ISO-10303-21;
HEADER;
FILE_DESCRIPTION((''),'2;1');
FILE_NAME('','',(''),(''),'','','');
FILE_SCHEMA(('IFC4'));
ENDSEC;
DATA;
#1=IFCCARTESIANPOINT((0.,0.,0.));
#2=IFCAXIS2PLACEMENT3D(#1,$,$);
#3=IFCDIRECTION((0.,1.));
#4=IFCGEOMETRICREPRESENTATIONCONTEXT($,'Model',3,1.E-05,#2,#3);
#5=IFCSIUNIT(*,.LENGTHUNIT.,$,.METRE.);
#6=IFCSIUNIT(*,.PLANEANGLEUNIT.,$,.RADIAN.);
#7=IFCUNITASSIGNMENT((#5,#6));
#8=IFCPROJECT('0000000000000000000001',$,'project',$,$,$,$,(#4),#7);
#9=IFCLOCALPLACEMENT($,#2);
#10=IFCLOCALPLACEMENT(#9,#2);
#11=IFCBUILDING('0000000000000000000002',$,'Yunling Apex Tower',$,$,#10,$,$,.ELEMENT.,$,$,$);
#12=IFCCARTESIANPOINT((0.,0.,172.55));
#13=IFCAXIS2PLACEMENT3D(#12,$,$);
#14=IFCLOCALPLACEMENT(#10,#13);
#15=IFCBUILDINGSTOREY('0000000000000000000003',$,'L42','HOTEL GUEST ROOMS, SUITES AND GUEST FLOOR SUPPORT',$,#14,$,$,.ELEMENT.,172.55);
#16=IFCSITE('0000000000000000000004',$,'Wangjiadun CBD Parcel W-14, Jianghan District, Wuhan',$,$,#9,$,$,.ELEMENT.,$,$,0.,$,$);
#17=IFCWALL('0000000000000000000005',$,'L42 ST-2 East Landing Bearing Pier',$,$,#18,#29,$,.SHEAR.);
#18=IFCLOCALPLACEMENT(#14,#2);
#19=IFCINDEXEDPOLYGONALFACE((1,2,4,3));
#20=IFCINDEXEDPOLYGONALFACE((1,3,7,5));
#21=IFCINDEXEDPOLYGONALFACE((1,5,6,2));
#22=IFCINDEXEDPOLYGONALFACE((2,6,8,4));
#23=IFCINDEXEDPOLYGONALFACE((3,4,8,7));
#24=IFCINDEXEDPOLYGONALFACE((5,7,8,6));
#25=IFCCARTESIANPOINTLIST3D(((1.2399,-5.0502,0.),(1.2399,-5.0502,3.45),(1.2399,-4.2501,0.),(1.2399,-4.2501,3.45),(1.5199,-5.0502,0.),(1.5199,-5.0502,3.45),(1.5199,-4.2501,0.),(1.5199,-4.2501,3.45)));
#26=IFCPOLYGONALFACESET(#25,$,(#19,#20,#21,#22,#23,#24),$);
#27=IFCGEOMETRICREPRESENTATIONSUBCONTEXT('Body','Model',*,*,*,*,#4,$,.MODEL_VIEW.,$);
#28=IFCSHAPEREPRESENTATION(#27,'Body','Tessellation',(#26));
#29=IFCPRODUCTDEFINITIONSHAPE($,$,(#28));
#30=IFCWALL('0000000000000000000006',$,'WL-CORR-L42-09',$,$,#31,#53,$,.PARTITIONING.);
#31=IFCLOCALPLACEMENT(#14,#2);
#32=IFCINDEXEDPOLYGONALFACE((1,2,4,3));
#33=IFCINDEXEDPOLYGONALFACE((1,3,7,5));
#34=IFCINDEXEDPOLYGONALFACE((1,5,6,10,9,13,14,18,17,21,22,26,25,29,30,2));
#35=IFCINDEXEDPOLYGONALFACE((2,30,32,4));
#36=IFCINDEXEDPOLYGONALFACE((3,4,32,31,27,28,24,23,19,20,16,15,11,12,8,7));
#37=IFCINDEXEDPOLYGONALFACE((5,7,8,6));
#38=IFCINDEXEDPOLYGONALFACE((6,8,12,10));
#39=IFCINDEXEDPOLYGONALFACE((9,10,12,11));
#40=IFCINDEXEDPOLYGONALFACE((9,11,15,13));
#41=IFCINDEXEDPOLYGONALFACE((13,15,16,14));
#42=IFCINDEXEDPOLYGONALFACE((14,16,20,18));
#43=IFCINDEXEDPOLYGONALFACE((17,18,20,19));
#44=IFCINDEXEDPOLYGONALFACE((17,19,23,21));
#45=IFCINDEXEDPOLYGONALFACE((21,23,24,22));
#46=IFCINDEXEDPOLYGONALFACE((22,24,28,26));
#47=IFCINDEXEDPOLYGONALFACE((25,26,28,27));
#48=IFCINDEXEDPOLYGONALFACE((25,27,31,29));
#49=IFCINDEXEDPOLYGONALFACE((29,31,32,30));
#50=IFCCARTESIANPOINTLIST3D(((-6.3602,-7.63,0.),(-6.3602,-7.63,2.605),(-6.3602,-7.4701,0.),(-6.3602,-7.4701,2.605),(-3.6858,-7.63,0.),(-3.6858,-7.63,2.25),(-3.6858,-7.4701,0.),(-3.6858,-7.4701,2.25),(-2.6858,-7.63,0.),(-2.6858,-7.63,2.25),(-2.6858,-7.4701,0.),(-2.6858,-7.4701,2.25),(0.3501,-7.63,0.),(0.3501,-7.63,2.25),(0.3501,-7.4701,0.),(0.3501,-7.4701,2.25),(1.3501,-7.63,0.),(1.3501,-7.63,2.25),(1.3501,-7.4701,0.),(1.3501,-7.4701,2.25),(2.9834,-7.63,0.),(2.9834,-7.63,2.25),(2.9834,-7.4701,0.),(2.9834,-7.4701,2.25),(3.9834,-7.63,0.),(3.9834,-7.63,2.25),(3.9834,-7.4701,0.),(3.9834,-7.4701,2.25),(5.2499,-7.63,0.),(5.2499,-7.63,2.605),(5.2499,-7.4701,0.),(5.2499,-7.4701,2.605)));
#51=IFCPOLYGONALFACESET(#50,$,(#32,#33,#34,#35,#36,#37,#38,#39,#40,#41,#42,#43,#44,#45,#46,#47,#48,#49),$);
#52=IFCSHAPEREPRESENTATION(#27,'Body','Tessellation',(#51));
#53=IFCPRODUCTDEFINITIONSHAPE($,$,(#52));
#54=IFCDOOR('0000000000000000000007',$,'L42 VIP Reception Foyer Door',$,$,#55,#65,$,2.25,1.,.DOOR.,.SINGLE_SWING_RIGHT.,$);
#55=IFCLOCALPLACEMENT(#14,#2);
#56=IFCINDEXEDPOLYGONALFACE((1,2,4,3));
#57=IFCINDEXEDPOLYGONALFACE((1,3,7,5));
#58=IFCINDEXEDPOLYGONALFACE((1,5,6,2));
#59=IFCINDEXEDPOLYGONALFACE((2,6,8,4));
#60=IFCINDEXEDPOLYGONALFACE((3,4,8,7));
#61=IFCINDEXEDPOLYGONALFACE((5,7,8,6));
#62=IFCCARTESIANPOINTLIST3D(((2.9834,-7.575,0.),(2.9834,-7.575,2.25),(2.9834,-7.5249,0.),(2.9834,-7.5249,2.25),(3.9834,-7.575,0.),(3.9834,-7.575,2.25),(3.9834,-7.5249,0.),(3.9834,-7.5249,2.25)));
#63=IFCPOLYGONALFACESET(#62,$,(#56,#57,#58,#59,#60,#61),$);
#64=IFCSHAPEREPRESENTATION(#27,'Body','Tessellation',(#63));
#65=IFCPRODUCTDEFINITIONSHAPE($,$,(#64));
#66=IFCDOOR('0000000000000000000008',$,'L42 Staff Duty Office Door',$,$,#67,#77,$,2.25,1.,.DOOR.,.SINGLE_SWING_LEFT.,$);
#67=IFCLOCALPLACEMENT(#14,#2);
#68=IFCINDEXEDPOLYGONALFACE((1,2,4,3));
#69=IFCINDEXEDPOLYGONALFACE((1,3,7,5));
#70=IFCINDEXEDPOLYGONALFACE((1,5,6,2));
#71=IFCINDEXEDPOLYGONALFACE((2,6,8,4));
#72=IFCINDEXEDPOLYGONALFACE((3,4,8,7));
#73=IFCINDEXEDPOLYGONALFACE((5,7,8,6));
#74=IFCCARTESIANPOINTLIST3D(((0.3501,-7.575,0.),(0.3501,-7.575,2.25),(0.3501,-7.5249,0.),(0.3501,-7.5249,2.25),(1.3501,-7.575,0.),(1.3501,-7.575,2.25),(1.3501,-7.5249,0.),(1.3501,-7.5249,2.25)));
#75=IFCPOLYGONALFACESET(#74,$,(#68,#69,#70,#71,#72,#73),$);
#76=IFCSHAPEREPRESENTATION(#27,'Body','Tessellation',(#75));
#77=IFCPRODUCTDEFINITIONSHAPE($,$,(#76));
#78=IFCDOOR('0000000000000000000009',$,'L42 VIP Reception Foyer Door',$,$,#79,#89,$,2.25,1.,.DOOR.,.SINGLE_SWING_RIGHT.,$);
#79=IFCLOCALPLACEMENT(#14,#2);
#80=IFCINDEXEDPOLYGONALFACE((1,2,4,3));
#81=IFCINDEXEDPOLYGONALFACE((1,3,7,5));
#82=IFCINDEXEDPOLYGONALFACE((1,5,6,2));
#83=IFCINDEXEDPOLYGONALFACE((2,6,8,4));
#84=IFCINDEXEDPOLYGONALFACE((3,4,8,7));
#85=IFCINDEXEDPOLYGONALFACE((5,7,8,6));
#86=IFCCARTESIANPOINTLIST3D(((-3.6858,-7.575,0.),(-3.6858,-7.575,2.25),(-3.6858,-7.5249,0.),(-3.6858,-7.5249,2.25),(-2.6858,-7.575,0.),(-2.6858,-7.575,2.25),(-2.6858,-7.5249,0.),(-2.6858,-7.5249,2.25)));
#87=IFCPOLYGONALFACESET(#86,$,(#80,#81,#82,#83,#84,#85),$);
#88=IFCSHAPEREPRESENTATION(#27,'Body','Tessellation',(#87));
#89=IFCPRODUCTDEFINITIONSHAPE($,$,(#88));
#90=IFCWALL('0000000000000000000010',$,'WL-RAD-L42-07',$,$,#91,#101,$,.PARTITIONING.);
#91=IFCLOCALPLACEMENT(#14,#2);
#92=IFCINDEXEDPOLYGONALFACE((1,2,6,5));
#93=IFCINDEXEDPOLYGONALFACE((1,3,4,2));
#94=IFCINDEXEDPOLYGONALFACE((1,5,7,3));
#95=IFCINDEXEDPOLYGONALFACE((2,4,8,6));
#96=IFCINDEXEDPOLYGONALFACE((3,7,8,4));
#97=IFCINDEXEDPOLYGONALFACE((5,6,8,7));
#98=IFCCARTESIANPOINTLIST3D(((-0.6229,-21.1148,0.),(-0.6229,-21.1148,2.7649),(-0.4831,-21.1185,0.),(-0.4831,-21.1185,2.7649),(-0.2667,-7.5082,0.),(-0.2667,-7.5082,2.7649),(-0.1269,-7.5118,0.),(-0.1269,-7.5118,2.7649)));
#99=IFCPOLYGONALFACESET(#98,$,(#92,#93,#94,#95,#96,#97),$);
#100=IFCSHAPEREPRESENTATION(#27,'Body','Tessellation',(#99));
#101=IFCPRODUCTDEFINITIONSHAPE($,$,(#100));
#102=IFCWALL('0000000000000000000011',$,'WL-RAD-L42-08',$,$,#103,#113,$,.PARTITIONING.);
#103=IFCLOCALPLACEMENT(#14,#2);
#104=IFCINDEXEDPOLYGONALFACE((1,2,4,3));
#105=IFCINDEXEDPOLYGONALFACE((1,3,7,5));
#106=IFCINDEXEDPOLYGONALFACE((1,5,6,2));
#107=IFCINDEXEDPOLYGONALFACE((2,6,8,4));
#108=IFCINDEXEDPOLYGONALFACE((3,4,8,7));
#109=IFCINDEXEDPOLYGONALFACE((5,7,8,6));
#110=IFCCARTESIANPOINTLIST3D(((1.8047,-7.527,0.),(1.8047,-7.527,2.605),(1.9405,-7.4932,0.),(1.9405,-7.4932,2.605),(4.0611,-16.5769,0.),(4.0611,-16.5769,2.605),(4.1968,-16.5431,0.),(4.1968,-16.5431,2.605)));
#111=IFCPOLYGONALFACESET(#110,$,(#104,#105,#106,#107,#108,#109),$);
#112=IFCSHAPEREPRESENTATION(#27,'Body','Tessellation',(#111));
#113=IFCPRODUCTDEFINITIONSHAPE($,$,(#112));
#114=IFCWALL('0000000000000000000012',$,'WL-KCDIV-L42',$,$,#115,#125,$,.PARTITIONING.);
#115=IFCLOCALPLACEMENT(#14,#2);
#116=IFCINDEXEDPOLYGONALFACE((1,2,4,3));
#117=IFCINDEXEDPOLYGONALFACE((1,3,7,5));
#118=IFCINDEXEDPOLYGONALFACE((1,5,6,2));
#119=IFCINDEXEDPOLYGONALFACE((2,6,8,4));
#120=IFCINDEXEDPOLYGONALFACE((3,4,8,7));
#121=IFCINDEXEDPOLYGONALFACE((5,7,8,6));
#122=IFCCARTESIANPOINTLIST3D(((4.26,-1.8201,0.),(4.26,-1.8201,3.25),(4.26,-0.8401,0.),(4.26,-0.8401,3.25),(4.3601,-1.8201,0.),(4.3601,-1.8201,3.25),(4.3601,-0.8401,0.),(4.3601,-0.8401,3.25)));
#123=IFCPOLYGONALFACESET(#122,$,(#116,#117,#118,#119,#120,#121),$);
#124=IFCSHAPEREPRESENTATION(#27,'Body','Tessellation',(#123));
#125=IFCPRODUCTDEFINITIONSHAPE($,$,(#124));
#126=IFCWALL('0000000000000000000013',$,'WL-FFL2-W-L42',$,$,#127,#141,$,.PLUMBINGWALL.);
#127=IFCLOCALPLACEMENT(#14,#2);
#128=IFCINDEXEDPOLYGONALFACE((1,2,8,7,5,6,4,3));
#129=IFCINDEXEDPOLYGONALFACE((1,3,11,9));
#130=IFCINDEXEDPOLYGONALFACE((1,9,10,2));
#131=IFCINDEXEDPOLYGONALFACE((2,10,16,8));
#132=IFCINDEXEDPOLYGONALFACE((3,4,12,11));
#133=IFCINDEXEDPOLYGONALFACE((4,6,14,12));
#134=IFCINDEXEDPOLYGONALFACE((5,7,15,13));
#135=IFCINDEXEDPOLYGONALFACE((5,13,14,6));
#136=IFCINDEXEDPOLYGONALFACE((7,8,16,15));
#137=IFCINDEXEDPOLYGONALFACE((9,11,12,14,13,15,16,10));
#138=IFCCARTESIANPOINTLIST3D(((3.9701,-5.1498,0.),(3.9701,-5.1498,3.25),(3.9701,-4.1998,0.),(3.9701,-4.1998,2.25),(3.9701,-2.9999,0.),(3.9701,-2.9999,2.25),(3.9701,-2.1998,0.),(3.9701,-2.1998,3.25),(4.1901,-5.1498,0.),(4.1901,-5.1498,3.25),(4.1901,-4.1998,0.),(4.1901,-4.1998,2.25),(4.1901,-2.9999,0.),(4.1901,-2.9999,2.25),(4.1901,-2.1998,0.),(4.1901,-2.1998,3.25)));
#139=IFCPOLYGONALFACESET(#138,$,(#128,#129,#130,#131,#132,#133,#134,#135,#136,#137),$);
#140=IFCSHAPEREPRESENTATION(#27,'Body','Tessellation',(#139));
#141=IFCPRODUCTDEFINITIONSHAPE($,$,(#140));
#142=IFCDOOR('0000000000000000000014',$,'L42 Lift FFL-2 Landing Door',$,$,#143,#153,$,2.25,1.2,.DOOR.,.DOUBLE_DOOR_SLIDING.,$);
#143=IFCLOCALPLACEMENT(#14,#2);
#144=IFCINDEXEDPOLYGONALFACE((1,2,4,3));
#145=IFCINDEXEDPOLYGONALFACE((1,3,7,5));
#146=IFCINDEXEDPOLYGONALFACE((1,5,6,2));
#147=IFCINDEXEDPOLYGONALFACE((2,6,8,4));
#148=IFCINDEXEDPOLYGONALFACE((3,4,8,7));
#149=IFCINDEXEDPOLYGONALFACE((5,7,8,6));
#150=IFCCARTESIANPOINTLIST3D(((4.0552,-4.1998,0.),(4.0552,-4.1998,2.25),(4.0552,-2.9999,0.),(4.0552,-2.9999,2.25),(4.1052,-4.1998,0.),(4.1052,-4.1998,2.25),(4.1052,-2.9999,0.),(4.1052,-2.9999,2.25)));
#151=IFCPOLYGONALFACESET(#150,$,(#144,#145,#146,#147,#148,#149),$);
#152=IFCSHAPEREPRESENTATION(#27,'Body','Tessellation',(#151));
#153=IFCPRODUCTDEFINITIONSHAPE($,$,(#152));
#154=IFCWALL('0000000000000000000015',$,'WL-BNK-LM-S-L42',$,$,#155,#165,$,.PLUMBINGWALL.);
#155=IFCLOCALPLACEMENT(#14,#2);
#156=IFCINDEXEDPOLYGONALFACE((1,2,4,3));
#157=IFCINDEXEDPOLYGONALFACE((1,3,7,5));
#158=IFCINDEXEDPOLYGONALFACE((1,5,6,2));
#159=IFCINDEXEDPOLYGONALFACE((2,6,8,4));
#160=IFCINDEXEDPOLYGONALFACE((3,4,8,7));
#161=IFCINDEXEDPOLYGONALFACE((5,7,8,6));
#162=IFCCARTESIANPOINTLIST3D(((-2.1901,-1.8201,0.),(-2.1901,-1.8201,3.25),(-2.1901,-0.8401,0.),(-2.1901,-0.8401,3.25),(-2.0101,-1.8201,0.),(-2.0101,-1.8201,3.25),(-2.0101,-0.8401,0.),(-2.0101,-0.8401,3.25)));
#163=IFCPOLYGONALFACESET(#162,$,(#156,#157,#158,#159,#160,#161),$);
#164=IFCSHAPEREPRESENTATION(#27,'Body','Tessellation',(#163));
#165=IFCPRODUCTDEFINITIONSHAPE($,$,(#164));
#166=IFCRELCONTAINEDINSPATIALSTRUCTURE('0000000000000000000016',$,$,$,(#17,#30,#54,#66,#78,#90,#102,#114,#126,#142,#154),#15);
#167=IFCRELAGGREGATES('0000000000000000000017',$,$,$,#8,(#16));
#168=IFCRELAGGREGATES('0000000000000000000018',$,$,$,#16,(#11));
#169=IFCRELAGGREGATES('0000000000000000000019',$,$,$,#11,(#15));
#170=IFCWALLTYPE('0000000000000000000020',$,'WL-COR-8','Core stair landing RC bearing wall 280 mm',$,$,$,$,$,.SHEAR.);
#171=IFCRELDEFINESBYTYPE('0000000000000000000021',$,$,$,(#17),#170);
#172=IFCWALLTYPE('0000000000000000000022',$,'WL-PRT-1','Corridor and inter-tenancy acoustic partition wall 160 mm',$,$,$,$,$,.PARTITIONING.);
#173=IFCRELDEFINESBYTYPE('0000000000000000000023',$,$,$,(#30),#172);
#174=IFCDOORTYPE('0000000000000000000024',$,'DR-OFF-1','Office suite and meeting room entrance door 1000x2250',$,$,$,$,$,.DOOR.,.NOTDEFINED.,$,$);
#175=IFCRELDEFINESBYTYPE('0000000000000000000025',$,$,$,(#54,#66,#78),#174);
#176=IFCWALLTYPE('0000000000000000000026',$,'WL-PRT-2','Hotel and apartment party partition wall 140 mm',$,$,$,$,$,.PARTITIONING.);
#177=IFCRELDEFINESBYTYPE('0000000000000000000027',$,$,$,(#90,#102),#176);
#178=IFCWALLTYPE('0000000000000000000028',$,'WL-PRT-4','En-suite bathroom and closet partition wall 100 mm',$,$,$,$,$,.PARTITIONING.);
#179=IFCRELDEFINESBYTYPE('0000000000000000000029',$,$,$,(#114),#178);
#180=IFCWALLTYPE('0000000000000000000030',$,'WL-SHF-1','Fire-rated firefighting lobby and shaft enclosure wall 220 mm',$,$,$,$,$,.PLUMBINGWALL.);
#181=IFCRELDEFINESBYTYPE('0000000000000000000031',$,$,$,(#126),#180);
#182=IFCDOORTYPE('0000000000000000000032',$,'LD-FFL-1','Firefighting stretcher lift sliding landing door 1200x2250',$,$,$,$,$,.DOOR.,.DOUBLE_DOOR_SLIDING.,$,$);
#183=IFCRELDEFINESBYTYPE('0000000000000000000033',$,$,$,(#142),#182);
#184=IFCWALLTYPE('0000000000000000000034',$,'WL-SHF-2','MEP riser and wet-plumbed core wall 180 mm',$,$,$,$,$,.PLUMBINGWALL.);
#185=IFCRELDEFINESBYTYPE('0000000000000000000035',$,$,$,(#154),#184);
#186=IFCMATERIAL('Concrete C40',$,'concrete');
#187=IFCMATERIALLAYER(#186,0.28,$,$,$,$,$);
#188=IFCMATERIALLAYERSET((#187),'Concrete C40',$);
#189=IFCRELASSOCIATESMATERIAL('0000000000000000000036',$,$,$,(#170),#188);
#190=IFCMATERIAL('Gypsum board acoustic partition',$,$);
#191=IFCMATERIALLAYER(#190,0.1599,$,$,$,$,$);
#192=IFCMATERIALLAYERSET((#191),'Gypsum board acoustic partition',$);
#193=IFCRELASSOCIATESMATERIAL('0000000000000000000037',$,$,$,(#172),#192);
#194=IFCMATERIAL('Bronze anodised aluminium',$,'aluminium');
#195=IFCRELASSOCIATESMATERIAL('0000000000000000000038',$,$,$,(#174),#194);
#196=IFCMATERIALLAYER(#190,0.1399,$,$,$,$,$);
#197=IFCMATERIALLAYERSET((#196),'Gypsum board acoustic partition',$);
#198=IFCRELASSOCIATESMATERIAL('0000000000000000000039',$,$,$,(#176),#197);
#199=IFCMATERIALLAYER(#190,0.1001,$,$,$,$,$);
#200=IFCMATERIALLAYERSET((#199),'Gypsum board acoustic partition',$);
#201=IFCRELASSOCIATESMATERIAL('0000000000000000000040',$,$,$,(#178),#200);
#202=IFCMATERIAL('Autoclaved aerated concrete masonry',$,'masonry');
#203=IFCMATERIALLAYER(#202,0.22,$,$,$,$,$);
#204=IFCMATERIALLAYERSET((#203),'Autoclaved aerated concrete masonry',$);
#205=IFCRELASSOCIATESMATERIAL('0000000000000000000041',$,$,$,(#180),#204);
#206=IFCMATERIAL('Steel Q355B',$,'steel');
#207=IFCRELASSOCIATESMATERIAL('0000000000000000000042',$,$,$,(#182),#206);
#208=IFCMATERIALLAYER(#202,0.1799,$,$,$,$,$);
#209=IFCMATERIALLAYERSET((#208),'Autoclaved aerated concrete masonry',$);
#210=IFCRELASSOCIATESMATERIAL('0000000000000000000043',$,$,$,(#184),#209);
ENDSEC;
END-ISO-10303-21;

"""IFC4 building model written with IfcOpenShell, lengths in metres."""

from ifc_helpers import new_model, si_unit, direction, frame, frame_2d, origin, place, context, subcontext, project, spatial, rectangle, extrude, material, layer, layer_set, type_object, element, fill, save


model = new_model("IFC4")

# Units and contexts
model_context = context("Model", 3, precision=1e-05, world=origin(), true_north=direction((0.0, 1.0)))
body_context = subcontext(model_context, "Body", "Model", "MODEL_VIEW")
ifc_project = project(units=[si_unit("LENGTHUNIT", "METRE"), si_unit("PLANEANGLEUNIT", "RADIAN")], contexts=[model_context])

# Site, building, storey
site_placement = place(None, origin())
site = spatial("IfcSite", under=ifc_project, at=site_placement, Name="Wangjiadun CBD Parcel W-14, Jianghan District, Wuhan", CompositionType="ELEMENT", RefElevation=0.0)
building_placement = place(site_placement, origin())
building = spatial("IfcBuilding", under=site, at=building_placement, Name="Yunling Apex Tower", CompositionType="ELEMENT")
storey_placement = place(building_placement, frame((0.0, 0.0, 172.55)))
storey = spatial("IfcBuildingStorey", under=building, at=storey_placement, Name="L42", Description="HOTEL GUEST ROOMS, SUITES AND GUEST FLOOR SUPPORT", CompositionType="ELEMENT", Elevation=172.55)

# Wall
ifc_material_1 = material(Name="Concrete C40", Category="concrete")
ifc_layer_1 = layer(ifc_material_1, 0.28)
ifc_layer_set_1 = layer_set([ifc_layer_1], Name="Concrete C40")
wall_type_1 = type_object("IfcWallType", Name="WL-COR-8", Description="Core stair landing RC bearing wall 280 mm", PredefinedType="SHEAR", material=ifc_layer_set_1)
wall_1_placement = place(storey_placement, frame((1.3799, -5.05, 0.0), z_axis=(0.0, 0.0, 1.0), x_axis=(0.0, 1.0, 0.0)))
element("IfcWall", 1, at=wall_1_placement, inside=storey, type_object=wall_type_1, Name="L42 ST-2 East Landing Bearing Pier", PredefinedType="SHEAR", context=body_context, shape_type="SweptSolid", body=[
    extrude(rectangle(XDim=0.8, YDim=0.28, at=frame_2d((0.3999, 0.0))), origin(), (0.0, 0.0, 1.0), 3.45),
])

# Wall, openings, doors
ifc_material_2 = material(Name="Gypsum board acoustic partition")
ifc_layer_2 = layer(ifc_material_2, 0.1599)
ifc_layer_set_2 = layer_set([ifc_layer_2], Name="Gypsum board acoustic partition")
wall_type_2 = type_object("IfcWallType", Name="WL-PRT-1", Description="Corridor and inter-tenancy acoustic partition wall 160 mm", PredefinedType="PARTITIONING", material=ifc_layer_set_2)
wall_2_placement = place(storey_placement, frame((5.25, -7.55, 0.0), z_axis=(0.0, 0.0, 1.0), x_axis=(-1.0, 0.0, 0.0)))
wall_2 = element("IfcWall", 2, at=wall_2_placement, inside=storey, type_object=wall_type_2, Name="WL-CORR-L42-09", PredefinedType="PARTITIONING", context=body_context, shape_type="SweptSolid", body=[
    extrude(rectangle(XDim=11.6101, YDim=0.1599, at=frame_2d((5.8052, 0.0))), origin(), (0.0, 0.0, 1.0), 2.605),
])
opening_1_placement = place(wall_2_placement, frame((1.2666, 0.0, 0.0)))
opening_1 = element("IfcOpeningElement", 3, at=opening_1_placement, cuts=wall_2, PredefinedType="OPENING", context=body_context, shape_type="SweptSolid", body=[
    extrude(rectangle(XDim=1.0, YDim=2.25, at=frame_2d((0.5, 1.125))), frame((0.0, 0.0898, 0.0), z_axis=(0.0, -1.0, 0.0), x_axis=(1.0, 0.0, 0.0)), (0.0, 0.0, 1.0), 0.1799),
])
opening_2_placement = place(wall_2_placement, frame((3.8999, 0.0, 0.0)))
opening_2 = element("IfcOpeningElement", 4, at=opening_2_placement, cuts=wall_2, PredefinedType="OPENING", context=body_context, shape_type="SweptSolid", body=[
    extrude(rectangle(XDim=1.0, YDim=2.25, at=frame_2d((0.5, 1.125))), frame((0.0, 0.0898, 0.0), z_axis=(0.0, -1.0, 0.0), x_axis=(1.0, 0.0, 0.0)), (0.0, 0.0, 1.0), 0.1799),
])
opening_3_placement = place(wall_2_placement, frame((7.9358, 0.0, 0.0)))
opening_3 = element("IfcOpeningElement", 5, at=opening_3_placement, cuts=wall_2, PredefinedType="OPENING", context=body_context, shape_type="SweptSolid", body=[
    extrude(rectangle(XDim=1.0, YDim=2.25, at=frame_2d((0.5, 1.125))), frame((0.0, 0.0898, 0.0), z_axis=(0.0, -1.0, 0.0), x_axis=(1.0, 0.0, 0.0)), (0.0, 0.0, 1.0), 0.1799),
])
ifc_material_3 = material(Name="Bronze anodised aluminium", Category="aluminium")
door_type_1 = type_object("IfcDoorType", Name="DR-OFF-1", Description="Office suite and meeting room entrance door 1000x2250", OperationType="NOTDEFINED", PredefinedType="DOOR", material=ifc_material_3)
door_1_placement = place(opening_1_placement, origin())
door_1 = element("IfcDoor", 6, at=door_1_placement, inside=storey, type_object=door_type_1, Name="L42 VIP Reception Foyer Door", OperationType="SINGLE_SWING_RIGHT", OverallHeight=2.25, OverallWidth=1.0, PredefinedType="DOOR", context=body_context, shape_type="SweptSolid", body=[
    extrude(rectangle(XDim=1.0, YDim=2.25, at=frame_2d((0.5, 1.125))), frame((0.0, 0.0249, 0.0), z_axis=(0.0, -1.0, 0.0), x_axis=(1.0, 0.0, 0.0)), (0.0, 0.0, 1.0), 0.05),
])
fill(opening_1, door_1)
door_2_placement = place(opening_2_placement, origin())
door_2 = element("IfcDoor", 7, at=door_2_placement, inside=storey, type_object=door_type_1, Name="L42 Staff Duty Office Door", OperationType="SINGLE_SWING_LEFT", OverallHeight=2.25, OverallWidth=1.0, PredefinedType="DOOR", context=body_context, shape_type="SweptSolid", body=[
    extrude(rectangle(XDim=1.0, YDim=2.25, at=frame_2d((0.5, 1.125))), frame((0.0, 0.0249, 0.0), z_axis=(0.0, -1.0, 0.0), x_axis=(1.0, 0.0, 0.0)), (0.0, 0.0, 1.0), 0.05),
])
fill(opening_2, door_2)
door_3_placement = place(opening_3_placement, origin())
door_3 = element("IfcDoor", 8, at=door_3_placement, inside=storey, type_object=door_type_1, Name="L42 VIP Reception Foyer Door", OperationType="SINGLE_SWING_RIGHT", OverallHeight=2.25, OverallWidth=1.0, PredefinedType="DOOR", context=body_context, shape_type="SweptSolid", body=[
    extrude(rectangle(XDim=1.0, YDim=2.25, at=frame_2d((0.5, 1.125))), frame((0.0, 0.0249, 0.0), z_axis=(0.0, -1.0, 0.0), x_axis=(1.0, 0.0, 0.0)), (0.0, 0.0, 1.0), 0.05),
])
fill(opening_3, door_3)

# Walls
ifc_layer_3 = layer(ifc_material_2, 0.1399)
ifc_layer_set_3 = layer_set([ifc_layer_3], Name="Gypsum board acoustic partition")
wall_type_3 = type_object("IfcWallType", Name="WL-PRT-2", Description="Hotel and apartment party partition wall 140 mm", PredefinedType="PARTITIONING", material=ifc_layer_set_3)
wall_3_placement = place(storey_placement, frame((-0.1968, -7.51, 0.0), z_axis=(0.0, 0.0, 1.0), x_axis=(-0.026169, -0.999658, 0.0)))
element("IfcWall", 9, at=wall_3_placement, inside=storey, type_object=wall_type_3, Name="WL-RAD-L42-07", PredefinedType="PARTITIONING", context=body_context, shape_type="SweptSolid", body=[
    extrude(rectangle(XDim=13.6113, YDim=0.1399, at=frame_2d((6.8057, 0.0))), origin(), (0.0, 0.0, 1.0), 2.7649),
])
wall_4_placement = place(storey_placement, frame((1.8726, -7.51, 0.0), z_axis=(0.0, 0.0, 1.0), x_axis=(0.24192, -0.970296, 0.0)))
element("IfcWall", 10, at=wall_4_placement, inside=storey, type_object=wall_type_3, Name="WL-RAD-L42-08", PredefinedType="PARTITIONING", context=body_context, shape_type="SweptSolid", body=[
    extrude(rectangle(XDim=9.3269, YDim=0.1399, at=frame_2d((4.6636, 0.0))), origin(), (0.0, 0.0, 1.0), 2.605),
])
ifc_layer_4 = layer(ifc_material_2, 0.1001)
ifc_layer_set_4 = layer_set([ifc_layer_4], Name="Gypsum board acoustic partition")
wall_type_4 = type_object("IfcWallType", Name="WL-PRT-4", Description="En-suite bathroom and closet partition wall 100 mm", PredefinedType="PARTITIONING", material=ifc_layer_set_4)
wall_5_placement = place(storey_placement, frame((4.3101, -1.8201, 0.0), z_axis=(0.0, 0.0, 1.0), x_axis=(0.0, 1.0, 0.0)))
element("IfcWall", 11, at=wall_5_placement, inside=storey, type_object=wall_type_4, Name="WL-KCDIV-L42", PredefinedType="PARTITIONING", context=body_context, shape_type="SweptSolid", body=[
    extrude(rectangle(XDim=0.98, YDim=0.1001, at=frame_2d((0.49, 0.0))), origin(), (0.0, 0.0, 1.0), 3.25),
])

# Wall, opening, door
ifc_material_4 = material(Name="Autoclaved aerated concrete masonry", Category="masonry")
ifc_layer_5 = layer(ifc_material_4, 0.22)
ifc_layer_set_5 = layer_set([ifc_layer_5], Name="Autoclaved aerated concrete masonry")
wall_type_5 = type_object("IfcWallType", Name="WL-SHF-1", Description="Fire-rated firefighting lobby and shaft enclosure wall 220 mm", PredefinedType="PLUMBINGWALL", material=ifc_layer_set_5)
ifc_material_5 = material(Name="Steel Q355B", Category="steel")
wall_6_placement = place(storey_placement, frame((4.0801, -5.1499, 0.0), z_axis=(0.0, 0.0, 1.0), x_axis=(0.0, 1.0, 0.0)))
wall_6 = element("IfcWall", 12, at=wall_6_placement, inside=storey, type_object=wall_type_5, Name="WL-FFL2-W-L42", PredefinedType="PLUMBINGWALL", context=body_context, shape_type="SweptSolid", body=[
    extrude(rectangle(XDim=2.95, YDim=0.22, at=frame_2d((1.4751, 0.0))), origin(), (0.0, 0.0, 1.0), 3.25),
])
opening_4_placement = place(wall_6_placement, frame((0.95, 0.0, 0.0)))
opening_4 = element("IfcOpeningElement", 13, at=opening_4_placement, cuts=wall_6, PredefinedType="OPENING", context=body_context, shape_type="SweptSolid", body=[
    extrude(rectangle(XDim=1.2, YDim=2.25, at=frame_2d((0.6001, 1.125))), frame((0.0, 0.1201, 0.0), z_axis=(0.0, -1.0, 0.0), x_axis=(1.0, 0.0, 0.0)), (0.0, 0.0, 1.0), 0.24),
])
door_type_2 = type_object("IfcDoorType", Name="LD-FFL-1", Description="Firefighting stretcher lift sliding landing door 1200x2250", OperationType="DOUBLE_DOOR_SLIDING", PredefinedType="DOOR", material=ifc_material_5)
door_4_placement = place(opening_4_placement, origin())
door_4 = element("IfcDoor", 14, at=door_4_placement, inside=storey, type_object=door_type_2, Name="L42 Lift FFL-2 Landing Door", OperationType="DOUBLE_DOOR_SLIDING", OverallHeight=2.25, OverallWidth=1.2, PredefinedType="DOOR", context=body_context, shape_type="SweptSolid", body=[
    extrude(rectangle(XDim=1.2, YDim=2.25, at=frame_2d((0.6001, 1.125))), frame((0.0, 0.0249, 0.0), z_axis=(0.0, -1.0, 0.0), x_axis=(1.0, 0.0, 0.0)), (0.0, 0.0, 1.0), 0.05),
])
fill(opening_4, door_4)

# Wall
ifc_layer_6 = layer(ifc_material_4, 0.1799)
ifc_layer_set_6 = layer_set([ifc_layer_6], Name="Autoclaved aerated concrete masonry")
wall_type_6 = type_object("IfcWallType", Name="WL-SHF-2", Description="MEP riser and wet-plumbed core wall 180 mm", PredefinedType="PLUMBINGWALL", material=ifc_layer_set_6)
for number, where, z_axis, x_axis, name in (
    (15, (-2.1001, -1.8201, 0.0), (0.0, 0.0, 1.0), (0.0, 1.0, 0.0), "WL-BNK-LM-S-L42"),
):
    element("IfcWall", number, at=place(storey_placement, frame(where, z_axis=z_axis, x_axis=x_axis)), inside=storey, type_object=wall_type_6, Name=name, PredefinedType="PLUMBINGWALL", context=body_context, shape_type="SweptSolid", body=[
        extrude(rectangle(XDim=0.98, YDim=0.1799, at=frame_2d((0.49, 0.0))), origin(), (0.0, 0.0, 1.0), 3.25),
    ])

save(model, "model.ifc")
